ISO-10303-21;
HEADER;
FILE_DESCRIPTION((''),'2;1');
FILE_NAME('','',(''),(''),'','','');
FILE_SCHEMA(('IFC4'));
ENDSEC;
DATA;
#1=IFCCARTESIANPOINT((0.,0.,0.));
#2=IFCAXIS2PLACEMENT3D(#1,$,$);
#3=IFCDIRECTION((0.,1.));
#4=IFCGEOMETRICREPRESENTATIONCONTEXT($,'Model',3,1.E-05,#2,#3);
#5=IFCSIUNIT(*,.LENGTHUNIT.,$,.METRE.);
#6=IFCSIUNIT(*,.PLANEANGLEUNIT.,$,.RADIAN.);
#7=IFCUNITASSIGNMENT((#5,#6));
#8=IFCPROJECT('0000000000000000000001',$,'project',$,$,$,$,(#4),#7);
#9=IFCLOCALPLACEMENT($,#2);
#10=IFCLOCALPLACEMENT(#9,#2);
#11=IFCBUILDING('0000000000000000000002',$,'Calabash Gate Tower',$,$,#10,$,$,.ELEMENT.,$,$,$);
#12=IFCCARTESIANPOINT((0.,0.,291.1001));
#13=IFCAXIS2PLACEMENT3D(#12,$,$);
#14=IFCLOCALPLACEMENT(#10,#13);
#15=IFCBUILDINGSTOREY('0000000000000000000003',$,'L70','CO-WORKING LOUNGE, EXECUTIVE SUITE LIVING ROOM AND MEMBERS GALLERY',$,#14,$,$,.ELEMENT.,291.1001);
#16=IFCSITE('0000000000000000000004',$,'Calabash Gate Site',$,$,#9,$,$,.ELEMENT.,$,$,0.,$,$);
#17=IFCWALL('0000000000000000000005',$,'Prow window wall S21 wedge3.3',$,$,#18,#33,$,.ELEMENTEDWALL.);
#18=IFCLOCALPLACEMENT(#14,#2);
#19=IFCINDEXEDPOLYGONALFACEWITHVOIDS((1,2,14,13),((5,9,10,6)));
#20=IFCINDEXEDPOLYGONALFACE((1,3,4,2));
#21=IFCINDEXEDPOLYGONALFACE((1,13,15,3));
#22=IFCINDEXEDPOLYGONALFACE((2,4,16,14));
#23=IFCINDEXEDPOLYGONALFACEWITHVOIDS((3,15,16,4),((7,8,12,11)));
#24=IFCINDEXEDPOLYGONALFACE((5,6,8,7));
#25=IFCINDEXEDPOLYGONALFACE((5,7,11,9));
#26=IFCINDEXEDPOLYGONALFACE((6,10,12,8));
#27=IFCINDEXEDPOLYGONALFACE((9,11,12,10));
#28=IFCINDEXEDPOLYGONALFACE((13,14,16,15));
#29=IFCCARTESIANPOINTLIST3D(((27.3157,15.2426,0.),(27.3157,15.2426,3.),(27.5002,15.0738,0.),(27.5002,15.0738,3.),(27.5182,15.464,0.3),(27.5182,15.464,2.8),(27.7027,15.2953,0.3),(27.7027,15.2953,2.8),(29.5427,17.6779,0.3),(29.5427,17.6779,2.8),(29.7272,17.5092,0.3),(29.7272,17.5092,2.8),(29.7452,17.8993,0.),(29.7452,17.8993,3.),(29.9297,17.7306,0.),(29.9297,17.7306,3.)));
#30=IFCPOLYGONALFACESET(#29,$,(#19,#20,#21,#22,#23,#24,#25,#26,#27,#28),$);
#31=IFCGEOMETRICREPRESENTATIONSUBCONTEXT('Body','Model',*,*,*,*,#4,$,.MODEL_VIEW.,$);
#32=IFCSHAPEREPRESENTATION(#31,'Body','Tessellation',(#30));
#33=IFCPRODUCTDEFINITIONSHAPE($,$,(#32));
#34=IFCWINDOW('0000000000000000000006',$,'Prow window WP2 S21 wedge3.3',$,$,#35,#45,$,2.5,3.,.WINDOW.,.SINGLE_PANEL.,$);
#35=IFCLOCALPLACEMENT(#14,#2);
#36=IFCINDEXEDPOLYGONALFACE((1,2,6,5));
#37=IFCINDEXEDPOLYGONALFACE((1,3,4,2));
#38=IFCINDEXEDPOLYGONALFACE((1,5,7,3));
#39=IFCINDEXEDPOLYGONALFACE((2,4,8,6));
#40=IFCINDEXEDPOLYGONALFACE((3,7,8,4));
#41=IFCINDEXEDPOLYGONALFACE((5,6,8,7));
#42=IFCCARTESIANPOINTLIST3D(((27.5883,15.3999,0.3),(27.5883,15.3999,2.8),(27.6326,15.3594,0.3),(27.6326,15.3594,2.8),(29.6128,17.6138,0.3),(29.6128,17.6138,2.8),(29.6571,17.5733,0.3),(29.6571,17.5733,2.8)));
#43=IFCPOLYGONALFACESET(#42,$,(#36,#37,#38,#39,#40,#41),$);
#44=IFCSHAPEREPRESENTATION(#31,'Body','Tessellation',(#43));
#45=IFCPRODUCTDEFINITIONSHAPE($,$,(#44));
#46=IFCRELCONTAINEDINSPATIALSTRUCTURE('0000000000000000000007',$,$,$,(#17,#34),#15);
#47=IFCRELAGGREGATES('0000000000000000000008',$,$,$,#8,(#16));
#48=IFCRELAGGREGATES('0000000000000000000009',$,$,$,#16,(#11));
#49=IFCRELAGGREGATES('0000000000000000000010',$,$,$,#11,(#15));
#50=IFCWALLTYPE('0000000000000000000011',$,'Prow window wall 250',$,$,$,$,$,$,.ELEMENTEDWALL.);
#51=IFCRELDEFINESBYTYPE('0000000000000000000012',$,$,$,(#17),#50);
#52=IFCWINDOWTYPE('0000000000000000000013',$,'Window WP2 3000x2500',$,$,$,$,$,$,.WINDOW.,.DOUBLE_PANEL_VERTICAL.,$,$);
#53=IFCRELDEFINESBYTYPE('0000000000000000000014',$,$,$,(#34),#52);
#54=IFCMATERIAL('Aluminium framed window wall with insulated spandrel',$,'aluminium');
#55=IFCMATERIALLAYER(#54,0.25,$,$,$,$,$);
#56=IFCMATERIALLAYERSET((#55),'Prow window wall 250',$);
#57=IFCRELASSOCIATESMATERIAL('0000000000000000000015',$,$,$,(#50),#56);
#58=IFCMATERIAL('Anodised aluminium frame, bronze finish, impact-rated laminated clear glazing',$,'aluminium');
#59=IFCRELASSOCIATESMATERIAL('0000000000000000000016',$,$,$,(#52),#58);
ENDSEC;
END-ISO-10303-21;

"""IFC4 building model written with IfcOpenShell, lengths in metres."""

from ifc_helpers import new_model, si_unit, direction, frame, frame_2d, origin, place, context, subcontext, project, spatial, rectangle, extrude, material, layer, layer_set, type_object, element, fill, save


model = new_model("IFC4")

# Units and contexts
model_context = context("Model", 3, precision=1e-05, world=origin(), true_north=direction((0.0, 1.0)))
body_context = subcontext(model_context, "Body", "Model", "MODEL_VIEW")
ifc_project = project(units=[si_unit("LENGTHUNIT", "METRE"), si_unit("PLANEANGLEUNIT", "RADIAN")], contexts=[model_context])

# Site, building, storey
site_placement = place(None, origin())
site = spatial("IfcSite", under=ifc_project, at=site_placement, Name="Calabash Gate Site", CompositionType="ELEMENT", RefElevation=0.0)
building_placement = place(site_placement, origin())
building = spatial("IfcBuilding", under=site, at=building_placement, Name="Calabash Gate Tower", CompositionType="ELEMENT")
storey_placement = place(building_placement, frame((0.0, 0.0, 291.1001)))
storey = spatial("IfcBuildingStorey", under=building, at=storey_placement, Name="L70", Description="CO-WORKING LOUNGE, EXECUTIVE SUITE LIVING ROOM AND MEMBERS GALLERY", CompositionType="ELEMENT", Elevation=291.1001)

# Wall, opening, window
ifc_material_1 = material(Name="Aluminium framed window wall with insulated spandrel", Category="aluminium")
ifc_layer_1 = layer(ifc_material_1, 0.25)
ifc_layer_set_1 = layer_set([ifc_layer_1], Name="Prow window wall 250")
wall_type_1 = type_object("IfcWallType", Name="Prow window wall 250", PredefinedType="ELEMENTEDWALL", material=ifc_layer_set_1)
ifc_material_2 = material(Name="Anodised aluminium frame, bronze finish, impact-rated laminated clear glazing", Category="aluminium")
window_type = type_object("IfcWindowType", Name="Window WP2 3000x2500", PartitioningType="DOUBLE_PANEL_VERTICAL", PredefinedType="WINDOW", material=ifc_material_2)
wall_1_placement = place(storey_placement, frame((27.408, 15.1582, 0.0), z_axis=(0.0, 0.0, 1.0), x_axis=(0.674834, 0.73797, 0.0)))
wall_1 = element("IfcWall", 1, at=wall_1_placement, inside=storey, type_object=wall_type_1, Name="Prow window wall S21 wedge3.3", PredefinedType="ELEMENTEDWALL", context=body_context, shape_type="SweptSolid", body=[
    extrude(rectangle(XDim=3.6001, YDim=0.25, at=frame_2d((1.8, 0.0))), origin(), (0.0, 0.0, 1.0), 3.0),
])
opening_1_placement = place(wall_1_placement, frame((0.3, 0.0, 0.3)))
opening_1 = element("IfcOpeningElement", 2, at=opening_1_placement, cuts=wall_1, PredefinedType="OPENING", context=body_context, shape_type="SweptSolid", body=[
    extrude(rectangle(XDim=3.0, YDim=2.5, at=frame_2d((1.5, 1.25))), frame((0.0, 0.135, 0.0), z_axis=(0.0, -1.0, 0.0), x_axis=(1.0, 0.0, 0.0)), (0.0, 0.0, 1.0), 0.27),
])
window_1_placement = place(opening_1_placement, origin())
window_1 = element("IfcWindow", 3, at=window_1_placement, inside=storey, type_object=window_type, Name="Prow window WP2 S21 wedge3.3", OverallHeight=2.5, OverallWidth=3.0, PartitioningType="SINGLE_PANEL", PredefinedType="WINDOW", context=body_context, shape_type="SweptSolid", body=[
    extrude(rectangle(XDim=3.0, YDim=2.5, at=frame_2d((1.5, 1.25))), frame((0.0, 0.03, 0.0), z_axis=(0.0, -1.0, 0.0), x_axis=(1.0, 0.0, 0.0)), (0.0, 0.0, 1.0), 0.0601),
])
fill(opening_1, window_1)

save(model, "model.ifc")
